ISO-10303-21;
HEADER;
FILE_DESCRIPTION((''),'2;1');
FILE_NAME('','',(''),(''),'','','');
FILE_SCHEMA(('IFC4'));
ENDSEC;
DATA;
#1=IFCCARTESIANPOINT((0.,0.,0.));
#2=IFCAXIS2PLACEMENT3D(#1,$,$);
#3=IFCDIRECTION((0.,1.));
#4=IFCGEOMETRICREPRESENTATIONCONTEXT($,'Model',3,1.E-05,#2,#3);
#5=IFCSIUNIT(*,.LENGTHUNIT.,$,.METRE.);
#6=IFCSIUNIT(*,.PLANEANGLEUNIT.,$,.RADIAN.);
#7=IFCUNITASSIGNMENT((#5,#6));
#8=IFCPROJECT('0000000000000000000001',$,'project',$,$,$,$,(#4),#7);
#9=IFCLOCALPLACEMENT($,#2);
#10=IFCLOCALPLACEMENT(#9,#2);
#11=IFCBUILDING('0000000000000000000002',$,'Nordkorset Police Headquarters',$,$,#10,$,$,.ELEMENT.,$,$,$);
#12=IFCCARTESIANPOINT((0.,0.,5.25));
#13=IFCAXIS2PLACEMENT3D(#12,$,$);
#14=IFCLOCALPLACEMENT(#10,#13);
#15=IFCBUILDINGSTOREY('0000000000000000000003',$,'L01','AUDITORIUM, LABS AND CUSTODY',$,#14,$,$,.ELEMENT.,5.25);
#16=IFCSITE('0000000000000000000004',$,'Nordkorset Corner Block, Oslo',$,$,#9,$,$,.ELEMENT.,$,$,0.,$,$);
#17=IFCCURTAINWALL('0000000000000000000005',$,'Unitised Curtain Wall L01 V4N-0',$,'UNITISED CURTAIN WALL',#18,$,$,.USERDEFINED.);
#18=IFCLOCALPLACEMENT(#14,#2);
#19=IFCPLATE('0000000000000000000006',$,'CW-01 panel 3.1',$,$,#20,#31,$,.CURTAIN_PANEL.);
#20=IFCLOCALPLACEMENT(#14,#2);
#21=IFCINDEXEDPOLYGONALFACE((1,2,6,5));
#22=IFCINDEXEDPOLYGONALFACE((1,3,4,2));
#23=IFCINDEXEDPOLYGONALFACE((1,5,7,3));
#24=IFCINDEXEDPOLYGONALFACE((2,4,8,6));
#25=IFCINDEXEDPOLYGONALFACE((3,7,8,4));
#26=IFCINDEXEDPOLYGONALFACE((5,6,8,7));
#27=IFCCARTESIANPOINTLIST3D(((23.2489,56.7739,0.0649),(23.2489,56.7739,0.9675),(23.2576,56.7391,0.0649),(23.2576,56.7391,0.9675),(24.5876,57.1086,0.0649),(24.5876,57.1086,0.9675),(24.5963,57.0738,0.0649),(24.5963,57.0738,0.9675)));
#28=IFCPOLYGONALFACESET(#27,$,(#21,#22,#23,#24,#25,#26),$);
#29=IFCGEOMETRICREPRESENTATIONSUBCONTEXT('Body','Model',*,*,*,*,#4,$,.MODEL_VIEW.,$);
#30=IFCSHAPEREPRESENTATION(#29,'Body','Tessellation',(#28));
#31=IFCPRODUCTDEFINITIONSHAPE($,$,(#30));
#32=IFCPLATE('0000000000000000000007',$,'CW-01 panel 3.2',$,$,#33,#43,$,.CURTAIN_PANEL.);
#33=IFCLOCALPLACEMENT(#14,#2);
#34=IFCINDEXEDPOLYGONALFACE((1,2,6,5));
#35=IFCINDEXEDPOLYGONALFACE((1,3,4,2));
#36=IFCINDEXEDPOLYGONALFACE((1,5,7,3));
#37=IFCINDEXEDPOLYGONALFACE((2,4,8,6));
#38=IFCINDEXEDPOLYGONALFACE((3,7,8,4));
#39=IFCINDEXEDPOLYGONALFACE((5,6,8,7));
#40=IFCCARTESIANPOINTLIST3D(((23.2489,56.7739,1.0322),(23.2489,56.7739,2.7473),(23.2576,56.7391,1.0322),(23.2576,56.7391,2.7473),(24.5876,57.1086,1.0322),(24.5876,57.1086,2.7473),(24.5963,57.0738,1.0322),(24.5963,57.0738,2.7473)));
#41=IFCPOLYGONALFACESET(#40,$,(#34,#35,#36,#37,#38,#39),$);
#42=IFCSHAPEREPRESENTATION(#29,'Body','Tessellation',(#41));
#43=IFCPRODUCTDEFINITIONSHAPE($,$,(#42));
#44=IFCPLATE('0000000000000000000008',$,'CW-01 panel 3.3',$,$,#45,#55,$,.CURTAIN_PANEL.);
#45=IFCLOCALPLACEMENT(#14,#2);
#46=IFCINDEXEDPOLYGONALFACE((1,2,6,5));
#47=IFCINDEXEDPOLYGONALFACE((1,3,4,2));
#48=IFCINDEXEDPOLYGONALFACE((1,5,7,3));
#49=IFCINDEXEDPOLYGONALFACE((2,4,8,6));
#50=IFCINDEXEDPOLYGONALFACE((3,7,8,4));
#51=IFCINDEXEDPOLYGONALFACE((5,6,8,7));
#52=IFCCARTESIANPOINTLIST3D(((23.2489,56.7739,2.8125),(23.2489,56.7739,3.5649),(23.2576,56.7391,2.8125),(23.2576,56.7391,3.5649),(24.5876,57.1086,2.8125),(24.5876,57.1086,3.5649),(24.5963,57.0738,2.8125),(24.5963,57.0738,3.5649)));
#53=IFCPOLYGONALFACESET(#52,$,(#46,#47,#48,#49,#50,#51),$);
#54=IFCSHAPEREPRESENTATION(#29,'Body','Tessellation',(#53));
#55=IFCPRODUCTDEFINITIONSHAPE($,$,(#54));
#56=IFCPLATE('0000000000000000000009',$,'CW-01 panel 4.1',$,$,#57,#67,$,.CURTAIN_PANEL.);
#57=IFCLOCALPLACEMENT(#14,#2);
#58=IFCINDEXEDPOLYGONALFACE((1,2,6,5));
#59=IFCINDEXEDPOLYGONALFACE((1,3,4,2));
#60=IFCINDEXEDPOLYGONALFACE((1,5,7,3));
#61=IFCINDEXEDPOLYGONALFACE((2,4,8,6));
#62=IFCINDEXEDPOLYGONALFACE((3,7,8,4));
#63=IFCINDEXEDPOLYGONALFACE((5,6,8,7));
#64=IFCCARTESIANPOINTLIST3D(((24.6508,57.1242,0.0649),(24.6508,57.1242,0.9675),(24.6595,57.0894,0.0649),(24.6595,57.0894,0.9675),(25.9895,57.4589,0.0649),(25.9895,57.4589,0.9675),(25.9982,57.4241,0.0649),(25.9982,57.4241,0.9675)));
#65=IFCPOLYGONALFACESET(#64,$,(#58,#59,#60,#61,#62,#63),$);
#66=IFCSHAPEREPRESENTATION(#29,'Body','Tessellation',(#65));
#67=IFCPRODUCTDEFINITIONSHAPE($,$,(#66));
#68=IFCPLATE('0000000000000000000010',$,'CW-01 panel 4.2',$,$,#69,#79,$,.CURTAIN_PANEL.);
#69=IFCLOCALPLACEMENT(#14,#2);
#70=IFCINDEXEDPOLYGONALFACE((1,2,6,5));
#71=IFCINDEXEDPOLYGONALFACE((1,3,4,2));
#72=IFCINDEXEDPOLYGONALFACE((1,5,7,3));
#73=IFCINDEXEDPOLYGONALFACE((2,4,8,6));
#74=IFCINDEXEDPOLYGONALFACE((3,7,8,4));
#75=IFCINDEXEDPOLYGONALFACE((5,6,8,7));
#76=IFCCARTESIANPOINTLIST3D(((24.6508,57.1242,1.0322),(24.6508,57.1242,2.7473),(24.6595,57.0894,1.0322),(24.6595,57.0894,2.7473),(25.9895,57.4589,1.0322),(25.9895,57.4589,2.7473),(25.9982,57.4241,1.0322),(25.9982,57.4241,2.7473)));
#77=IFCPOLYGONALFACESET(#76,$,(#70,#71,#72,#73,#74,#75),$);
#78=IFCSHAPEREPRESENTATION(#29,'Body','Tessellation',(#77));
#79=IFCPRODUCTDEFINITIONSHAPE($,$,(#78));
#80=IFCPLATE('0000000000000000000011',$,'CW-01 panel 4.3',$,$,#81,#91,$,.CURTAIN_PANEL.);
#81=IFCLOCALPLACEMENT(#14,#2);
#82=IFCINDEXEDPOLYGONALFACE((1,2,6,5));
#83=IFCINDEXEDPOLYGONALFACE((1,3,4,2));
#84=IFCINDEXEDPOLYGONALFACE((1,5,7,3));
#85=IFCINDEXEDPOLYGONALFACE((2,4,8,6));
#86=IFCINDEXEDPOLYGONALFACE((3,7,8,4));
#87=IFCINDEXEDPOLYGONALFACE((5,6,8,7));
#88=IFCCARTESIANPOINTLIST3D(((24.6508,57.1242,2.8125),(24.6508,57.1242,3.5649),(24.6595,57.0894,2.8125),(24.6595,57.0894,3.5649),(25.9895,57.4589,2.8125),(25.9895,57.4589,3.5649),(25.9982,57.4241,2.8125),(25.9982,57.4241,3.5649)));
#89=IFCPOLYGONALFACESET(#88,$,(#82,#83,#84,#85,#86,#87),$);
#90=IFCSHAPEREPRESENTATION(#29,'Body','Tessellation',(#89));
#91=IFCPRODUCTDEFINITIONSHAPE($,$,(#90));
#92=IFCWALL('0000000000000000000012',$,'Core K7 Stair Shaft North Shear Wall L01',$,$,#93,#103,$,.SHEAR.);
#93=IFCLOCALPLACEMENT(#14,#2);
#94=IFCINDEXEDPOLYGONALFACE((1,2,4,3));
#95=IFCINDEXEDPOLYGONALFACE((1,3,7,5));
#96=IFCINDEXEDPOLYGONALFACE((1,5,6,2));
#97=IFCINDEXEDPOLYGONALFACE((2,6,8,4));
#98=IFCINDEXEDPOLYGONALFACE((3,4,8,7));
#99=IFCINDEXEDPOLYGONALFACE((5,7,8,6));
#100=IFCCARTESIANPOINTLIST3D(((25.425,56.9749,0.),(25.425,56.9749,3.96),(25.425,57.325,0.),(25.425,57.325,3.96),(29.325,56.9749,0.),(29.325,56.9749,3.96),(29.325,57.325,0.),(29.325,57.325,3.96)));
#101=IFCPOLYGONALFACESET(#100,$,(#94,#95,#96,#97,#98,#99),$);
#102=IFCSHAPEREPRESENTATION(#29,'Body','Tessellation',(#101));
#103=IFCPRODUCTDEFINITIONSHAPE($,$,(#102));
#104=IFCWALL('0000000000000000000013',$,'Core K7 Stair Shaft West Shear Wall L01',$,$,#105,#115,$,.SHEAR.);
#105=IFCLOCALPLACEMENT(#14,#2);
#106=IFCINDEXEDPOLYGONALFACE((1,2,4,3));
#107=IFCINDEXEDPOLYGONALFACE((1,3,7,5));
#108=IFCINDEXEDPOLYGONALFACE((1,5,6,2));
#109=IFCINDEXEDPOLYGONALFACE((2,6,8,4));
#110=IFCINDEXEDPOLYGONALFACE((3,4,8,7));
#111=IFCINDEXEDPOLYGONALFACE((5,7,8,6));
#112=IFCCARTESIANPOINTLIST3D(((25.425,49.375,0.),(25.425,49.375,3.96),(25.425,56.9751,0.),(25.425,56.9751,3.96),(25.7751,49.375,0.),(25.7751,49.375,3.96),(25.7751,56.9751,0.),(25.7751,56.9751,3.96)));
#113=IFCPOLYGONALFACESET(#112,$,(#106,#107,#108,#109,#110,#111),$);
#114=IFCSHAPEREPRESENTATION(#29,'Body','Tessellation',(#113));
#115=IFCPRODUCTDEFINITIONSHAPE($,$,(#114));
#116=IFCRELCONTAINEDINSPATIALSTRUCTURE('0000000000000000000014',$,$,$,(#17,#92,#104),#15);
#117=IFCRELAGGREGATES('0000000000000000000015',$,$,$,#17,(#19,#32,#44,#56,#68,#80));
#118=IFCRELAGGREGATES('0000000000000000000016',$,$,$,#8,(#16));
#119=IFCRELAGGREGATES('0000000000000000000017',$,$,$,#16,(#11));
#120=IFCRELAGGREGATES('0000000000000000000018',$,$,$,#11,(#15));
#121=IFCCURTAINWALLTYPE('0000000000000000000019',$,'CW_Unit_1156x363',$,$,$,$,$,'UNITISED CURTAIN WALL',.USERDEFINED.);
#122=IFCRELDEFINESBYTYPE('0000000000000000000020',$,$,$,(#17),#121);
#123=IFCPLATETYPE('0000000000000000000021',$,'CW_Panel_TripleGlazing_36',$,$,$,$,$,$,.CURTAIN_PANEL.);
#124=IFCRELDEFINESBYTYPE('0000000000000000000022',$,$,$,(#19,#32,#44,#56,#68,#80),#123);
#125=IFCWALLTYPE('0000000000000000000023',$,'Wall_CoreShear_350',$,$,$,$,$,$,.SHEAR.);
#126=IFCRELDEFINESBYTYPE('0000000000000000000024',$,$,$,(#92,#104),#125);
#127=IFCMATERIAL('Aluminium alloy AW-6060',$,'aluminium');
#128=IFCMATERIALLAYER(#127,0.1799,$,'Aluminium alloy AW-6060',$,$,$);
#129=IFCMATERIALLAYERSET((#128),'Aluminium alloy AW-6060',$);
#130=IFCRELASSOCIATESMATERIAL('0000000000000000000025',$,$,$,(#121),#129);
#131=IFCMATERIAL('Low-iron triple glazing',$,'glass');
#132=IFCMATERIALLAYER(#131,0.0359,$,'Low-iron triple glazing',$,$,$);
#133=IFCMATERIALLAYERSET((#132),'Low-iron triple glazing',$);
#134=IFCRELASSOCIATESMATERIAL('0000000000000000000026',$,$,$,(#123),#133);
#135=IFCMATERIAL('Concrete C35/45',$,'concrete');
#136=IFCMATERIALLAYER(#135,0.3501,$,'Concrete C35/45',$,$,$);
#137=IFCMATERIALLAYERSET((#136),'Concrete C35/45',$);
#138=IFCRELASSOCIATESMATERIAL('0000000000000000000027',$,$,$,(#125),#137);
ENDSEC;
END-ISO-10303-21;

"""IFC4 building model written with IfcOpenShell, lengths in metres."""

from ifc_helpers import new_model, si_unit, direction, frame, frame_2d, origin, origin_2d, place, context, subcontext, project, spatial, rectangle, extrude, material, layer, layer_set, type_object, element, aggregate, save


model = new_model("IFC4")

# Units and contexts
model_context = context("Model", 3, precision=1e-05, world=origin(), true_north=direction((0.0, 1.0)))
body_context = subcontext(model_context, "Body", "Model", "MODEL_VIEW")
ifc_project = project(units=[si_unit("LENGTHUNIT", "METRE"), si_unit("PLANEANGLEUNIT", "RADIAN")], contexts=[model_context])

# Site, building, storey
site_placement = place(None, origin())
site = spatial("IfcSite", under=ifc_project, at=site_placement, Name="Nordkorset Corner Block, Oslo", CompositionType="ELEMENT", RefElevation=0.0)
building_placement = place(site_placement, origin())
building = spatial("IfcBuilding", under=site, at=building_placement, Name="Nordkorset Police Headquarters", CompositionType="ELEMENT")
storey_placement = place(building_placement, frame((0.0, 0.0, 5.25)))
storey = spatial("IfcBuildingStorey", under=building, at=storey_placement, Name="L01", Description="AUDITORIUM, LABS AND CUSTODY", CompositionType="ELEMENT", Elevation=5.25)

# Curtain wall
ifc_material_1 = material(Name="Aluminium alloy AW-6060", Category="aluminium")
ifc_layer_1 = layer(ifc_material_1, 0.1799, Name="Aluminium alloy AW-6060")
ifc_layer_set_1 = layer_set([ifc_layer_1], Name="Aluminium alloy AW-6060")
curtain_wall_type_1 = type_object("IfcCurtainWallType", Name="CW_Unit_1156x363", ElementType="UNITISED CURTAIN WALL", PredefinedType="USERDEFINED", material=ifc_layer_set_1)
curtain_wall_1_placement = place(storey_placement, origin())
curtain_wall_1 = element("IfcCurtainWall", 1, at=curtain_wall_1_placement, inside=storey, type_object=curtain_wall_type_1, Name="Unitised Curtain Wall L01 V4N-0", ObjectType="UNITISED CURTAIN WALL", PredefinedType="USERDEFINED")

# Plates
ifc_material_2 = material(Name="Low-iron triple glazing", Category="glass")
ifc_layer_2 = layer(ifc_material_2, 0.0359, Name="Low-iron triple glazing")
ifc_layer_set_2 = layer_set([ifc_layer_2], Name="Low-iron triple glazing")
plate_type = type_object("IfcPlateType", Name="CW_Panel_TripleGlazing_36", PredefinedType="CURTAIN_PANEL", material=ifc_layer_set_2)
plate_1_placement = place(storey_placement, frame((23.9226, 56.9238, 0.0649), z_axis=(0.0, 0.0, 1.0), x_axis=(0.970142, 0.242536, 0.0)))
plate_1 = element("IfcPlate", 2, at=plate_1_placement, type_object=plate_type, Name="CW-01 panel 3.1", PredefinedType="CURTAIN_PANEL", context=body_context, shape_type="SweptSolid", body=[
    extrude(rectangle(XDim=1.3799, YDim=0.0359, at=origin_2d()), origin(), (0.0, 0.0, 1.0), 0.9026),
])
plate_2_placement = place(storey_placement, frame((23.9226, 56.9238, 1.0322), z_axis=(0.0, 0.0, 1.0), x_axis=(0.970142, 0.242536, 0.0)))
plate_2 = element("IfcPlate", 3, at=plate_2_placement, type_object=plate_type, Name="CW-01 panel 3.2", PredefinedType="CURTAIN_PANEL", context=body_context, shape_type="SweptSolid", body=[
    extrude(rectangle(XDim=1.3799, YDim=0.0359, at=origin_2d()), origin(), (0.0, 0.0, 1.0), 1.7151),
])
plate_3_placement = place(storey_placement, frame((23.9226, 56.9238, 2.8125), z_axis=(0.0, 0.0, 1.0), x_axis=(0.970142, 0.242536, 0.0)))
plate_3 = element("IfcPlate", 4, at=plate_3_placement, type_object=plate_type, Name="CW-01 panel 3.3", PredefinedType="CURTAIN_PANEL", context=body_context, shape_type="SweptSolid", body=[
    extrude(rectangle(XDim=1.3799, YDim=0.0359, at=origin_2d()), origin(), (0.0, 0.0, 1.0), 0.7524),
])
plate_4_placement = place(storey_placement, frame((25.3245, 57.2742, 0.0649), z_axis=(0.0, 0.0, 1.0), x_axis=(0.970142, 0.242536, 0.0)))
plate_4 = element("IfcPlate", 5, at=plate_4_placement, type_object=plate_type, Name="CW-01 panel 4.1", PredefinedType="CURTAIN_PANEL", context=body_context, shape_type="SweptSolid", body=[
    extrude(rectangle(XDim=1.3799, YDim=0.0359, at=origin_2d()), origin(), (0.0, 0.0, 1.0), 0.9026),
])
plate_5_placement = place(storey_placement, frame((25.3245, 57.2742, 1.0322), z_axis=(0.0, 0.0, 1.0), x_axis=(0.970142, 0.242536, 0.0)))
plate_5 = element("IfcPlate", 6, at=plate_5_placement, type_object=plate_type, Name="CW-01 panel 4.2", PredefinedType="CURTAIN_PANEL", context=body_context, shape_type="SweptSolid", body=[
    extrude(rectangle(XDim=1.3799, YDim=0.0359, at=origin_2d()), origin(), (0.0, 0.0, 1.0), 1.7151),
])
plate_6_placement = place(storey_placement, frame((25.3245, 57.2742, 2.8125), z_axis=(0.0, 0.0, 1.0), x_axis=(0.970142, 0.242536, 0.0)))
plate_6 = element("IfcPlate", 7, at=plate_6_placement, type_object=plate_type, Name="CW-01 panel 4.3", PredefinedType="CURTAIN_PANEL", context=body_context, shape_type="SweptSolid", body=[
    extrude(rectangle(XDim=1.3799, YDim=0.0359, at=origin_2d()), origin(), (0.0, 0.0, 1.0), 0.7524),
])
aggregate(curtain_wall_1, [plate_1, plate_2, plate_3, plate_4, plate_5, plate_6])

# Shared definitions
ifc_material_3 = material(Name="Concrete C35/45", Category="concrete")
ifc_layer_3 = layer(ifc_material_3, 0.3501, Name="Concrete C35/45")
ifc_layer_set_3 = layer_set([ifc_layer_3], Name="Concrete C35/45")
wall_type = type_object("IfcWallType", Name="Wall_CoreShear_350", PredefinedType="SHEAR", material=ifc_layer_set_3)

# Walls
wall_1_placement = place(storey_placement, frame((25.425, 57.1499, 0.0), z_axis=(0.0, 0.0, 1.0), x_axis=(1.0, 0.0, 0.0)))
element("IfcWall", 8, at=wall_1_placement, inside=storey, type_object=wall_type, Name="Core K7 Stair Shaft North Shear Wall L01", PredefinedType="SHEAR", context=body_context, shape_type="SweptSolid", body=[
    extrude(rectangle(XDim=3.8999, YDim=0.3501, at=frame_2d((1.95, 0.0))), origin(), (0.0, 0.0, 1.0), 3.96),
])
wall_2_placement = place(storey_placement, frame((25.6001, 49.375, 0.0), z_axis=(0.0, 0.0, 1.0), x_axis=(0.0, 1.0, 0.0)))
element("IfcWall", 9, at=wall_2_placement, inside=storey, type_object=wall_type, Name="Core K7 Stair Shaft West Shear Wall L01", PredefinedType="SHEAR", context=body_context, shape_type="SweptSolid", body=[
    extrude(rectangle(XDim=7.6001, YDim=0.3501, at=frame_2d((3.8, 0.0))), origin(), (0.0, 0.0, 1.0), 3.96),
])

save(model, "model.ifc")
